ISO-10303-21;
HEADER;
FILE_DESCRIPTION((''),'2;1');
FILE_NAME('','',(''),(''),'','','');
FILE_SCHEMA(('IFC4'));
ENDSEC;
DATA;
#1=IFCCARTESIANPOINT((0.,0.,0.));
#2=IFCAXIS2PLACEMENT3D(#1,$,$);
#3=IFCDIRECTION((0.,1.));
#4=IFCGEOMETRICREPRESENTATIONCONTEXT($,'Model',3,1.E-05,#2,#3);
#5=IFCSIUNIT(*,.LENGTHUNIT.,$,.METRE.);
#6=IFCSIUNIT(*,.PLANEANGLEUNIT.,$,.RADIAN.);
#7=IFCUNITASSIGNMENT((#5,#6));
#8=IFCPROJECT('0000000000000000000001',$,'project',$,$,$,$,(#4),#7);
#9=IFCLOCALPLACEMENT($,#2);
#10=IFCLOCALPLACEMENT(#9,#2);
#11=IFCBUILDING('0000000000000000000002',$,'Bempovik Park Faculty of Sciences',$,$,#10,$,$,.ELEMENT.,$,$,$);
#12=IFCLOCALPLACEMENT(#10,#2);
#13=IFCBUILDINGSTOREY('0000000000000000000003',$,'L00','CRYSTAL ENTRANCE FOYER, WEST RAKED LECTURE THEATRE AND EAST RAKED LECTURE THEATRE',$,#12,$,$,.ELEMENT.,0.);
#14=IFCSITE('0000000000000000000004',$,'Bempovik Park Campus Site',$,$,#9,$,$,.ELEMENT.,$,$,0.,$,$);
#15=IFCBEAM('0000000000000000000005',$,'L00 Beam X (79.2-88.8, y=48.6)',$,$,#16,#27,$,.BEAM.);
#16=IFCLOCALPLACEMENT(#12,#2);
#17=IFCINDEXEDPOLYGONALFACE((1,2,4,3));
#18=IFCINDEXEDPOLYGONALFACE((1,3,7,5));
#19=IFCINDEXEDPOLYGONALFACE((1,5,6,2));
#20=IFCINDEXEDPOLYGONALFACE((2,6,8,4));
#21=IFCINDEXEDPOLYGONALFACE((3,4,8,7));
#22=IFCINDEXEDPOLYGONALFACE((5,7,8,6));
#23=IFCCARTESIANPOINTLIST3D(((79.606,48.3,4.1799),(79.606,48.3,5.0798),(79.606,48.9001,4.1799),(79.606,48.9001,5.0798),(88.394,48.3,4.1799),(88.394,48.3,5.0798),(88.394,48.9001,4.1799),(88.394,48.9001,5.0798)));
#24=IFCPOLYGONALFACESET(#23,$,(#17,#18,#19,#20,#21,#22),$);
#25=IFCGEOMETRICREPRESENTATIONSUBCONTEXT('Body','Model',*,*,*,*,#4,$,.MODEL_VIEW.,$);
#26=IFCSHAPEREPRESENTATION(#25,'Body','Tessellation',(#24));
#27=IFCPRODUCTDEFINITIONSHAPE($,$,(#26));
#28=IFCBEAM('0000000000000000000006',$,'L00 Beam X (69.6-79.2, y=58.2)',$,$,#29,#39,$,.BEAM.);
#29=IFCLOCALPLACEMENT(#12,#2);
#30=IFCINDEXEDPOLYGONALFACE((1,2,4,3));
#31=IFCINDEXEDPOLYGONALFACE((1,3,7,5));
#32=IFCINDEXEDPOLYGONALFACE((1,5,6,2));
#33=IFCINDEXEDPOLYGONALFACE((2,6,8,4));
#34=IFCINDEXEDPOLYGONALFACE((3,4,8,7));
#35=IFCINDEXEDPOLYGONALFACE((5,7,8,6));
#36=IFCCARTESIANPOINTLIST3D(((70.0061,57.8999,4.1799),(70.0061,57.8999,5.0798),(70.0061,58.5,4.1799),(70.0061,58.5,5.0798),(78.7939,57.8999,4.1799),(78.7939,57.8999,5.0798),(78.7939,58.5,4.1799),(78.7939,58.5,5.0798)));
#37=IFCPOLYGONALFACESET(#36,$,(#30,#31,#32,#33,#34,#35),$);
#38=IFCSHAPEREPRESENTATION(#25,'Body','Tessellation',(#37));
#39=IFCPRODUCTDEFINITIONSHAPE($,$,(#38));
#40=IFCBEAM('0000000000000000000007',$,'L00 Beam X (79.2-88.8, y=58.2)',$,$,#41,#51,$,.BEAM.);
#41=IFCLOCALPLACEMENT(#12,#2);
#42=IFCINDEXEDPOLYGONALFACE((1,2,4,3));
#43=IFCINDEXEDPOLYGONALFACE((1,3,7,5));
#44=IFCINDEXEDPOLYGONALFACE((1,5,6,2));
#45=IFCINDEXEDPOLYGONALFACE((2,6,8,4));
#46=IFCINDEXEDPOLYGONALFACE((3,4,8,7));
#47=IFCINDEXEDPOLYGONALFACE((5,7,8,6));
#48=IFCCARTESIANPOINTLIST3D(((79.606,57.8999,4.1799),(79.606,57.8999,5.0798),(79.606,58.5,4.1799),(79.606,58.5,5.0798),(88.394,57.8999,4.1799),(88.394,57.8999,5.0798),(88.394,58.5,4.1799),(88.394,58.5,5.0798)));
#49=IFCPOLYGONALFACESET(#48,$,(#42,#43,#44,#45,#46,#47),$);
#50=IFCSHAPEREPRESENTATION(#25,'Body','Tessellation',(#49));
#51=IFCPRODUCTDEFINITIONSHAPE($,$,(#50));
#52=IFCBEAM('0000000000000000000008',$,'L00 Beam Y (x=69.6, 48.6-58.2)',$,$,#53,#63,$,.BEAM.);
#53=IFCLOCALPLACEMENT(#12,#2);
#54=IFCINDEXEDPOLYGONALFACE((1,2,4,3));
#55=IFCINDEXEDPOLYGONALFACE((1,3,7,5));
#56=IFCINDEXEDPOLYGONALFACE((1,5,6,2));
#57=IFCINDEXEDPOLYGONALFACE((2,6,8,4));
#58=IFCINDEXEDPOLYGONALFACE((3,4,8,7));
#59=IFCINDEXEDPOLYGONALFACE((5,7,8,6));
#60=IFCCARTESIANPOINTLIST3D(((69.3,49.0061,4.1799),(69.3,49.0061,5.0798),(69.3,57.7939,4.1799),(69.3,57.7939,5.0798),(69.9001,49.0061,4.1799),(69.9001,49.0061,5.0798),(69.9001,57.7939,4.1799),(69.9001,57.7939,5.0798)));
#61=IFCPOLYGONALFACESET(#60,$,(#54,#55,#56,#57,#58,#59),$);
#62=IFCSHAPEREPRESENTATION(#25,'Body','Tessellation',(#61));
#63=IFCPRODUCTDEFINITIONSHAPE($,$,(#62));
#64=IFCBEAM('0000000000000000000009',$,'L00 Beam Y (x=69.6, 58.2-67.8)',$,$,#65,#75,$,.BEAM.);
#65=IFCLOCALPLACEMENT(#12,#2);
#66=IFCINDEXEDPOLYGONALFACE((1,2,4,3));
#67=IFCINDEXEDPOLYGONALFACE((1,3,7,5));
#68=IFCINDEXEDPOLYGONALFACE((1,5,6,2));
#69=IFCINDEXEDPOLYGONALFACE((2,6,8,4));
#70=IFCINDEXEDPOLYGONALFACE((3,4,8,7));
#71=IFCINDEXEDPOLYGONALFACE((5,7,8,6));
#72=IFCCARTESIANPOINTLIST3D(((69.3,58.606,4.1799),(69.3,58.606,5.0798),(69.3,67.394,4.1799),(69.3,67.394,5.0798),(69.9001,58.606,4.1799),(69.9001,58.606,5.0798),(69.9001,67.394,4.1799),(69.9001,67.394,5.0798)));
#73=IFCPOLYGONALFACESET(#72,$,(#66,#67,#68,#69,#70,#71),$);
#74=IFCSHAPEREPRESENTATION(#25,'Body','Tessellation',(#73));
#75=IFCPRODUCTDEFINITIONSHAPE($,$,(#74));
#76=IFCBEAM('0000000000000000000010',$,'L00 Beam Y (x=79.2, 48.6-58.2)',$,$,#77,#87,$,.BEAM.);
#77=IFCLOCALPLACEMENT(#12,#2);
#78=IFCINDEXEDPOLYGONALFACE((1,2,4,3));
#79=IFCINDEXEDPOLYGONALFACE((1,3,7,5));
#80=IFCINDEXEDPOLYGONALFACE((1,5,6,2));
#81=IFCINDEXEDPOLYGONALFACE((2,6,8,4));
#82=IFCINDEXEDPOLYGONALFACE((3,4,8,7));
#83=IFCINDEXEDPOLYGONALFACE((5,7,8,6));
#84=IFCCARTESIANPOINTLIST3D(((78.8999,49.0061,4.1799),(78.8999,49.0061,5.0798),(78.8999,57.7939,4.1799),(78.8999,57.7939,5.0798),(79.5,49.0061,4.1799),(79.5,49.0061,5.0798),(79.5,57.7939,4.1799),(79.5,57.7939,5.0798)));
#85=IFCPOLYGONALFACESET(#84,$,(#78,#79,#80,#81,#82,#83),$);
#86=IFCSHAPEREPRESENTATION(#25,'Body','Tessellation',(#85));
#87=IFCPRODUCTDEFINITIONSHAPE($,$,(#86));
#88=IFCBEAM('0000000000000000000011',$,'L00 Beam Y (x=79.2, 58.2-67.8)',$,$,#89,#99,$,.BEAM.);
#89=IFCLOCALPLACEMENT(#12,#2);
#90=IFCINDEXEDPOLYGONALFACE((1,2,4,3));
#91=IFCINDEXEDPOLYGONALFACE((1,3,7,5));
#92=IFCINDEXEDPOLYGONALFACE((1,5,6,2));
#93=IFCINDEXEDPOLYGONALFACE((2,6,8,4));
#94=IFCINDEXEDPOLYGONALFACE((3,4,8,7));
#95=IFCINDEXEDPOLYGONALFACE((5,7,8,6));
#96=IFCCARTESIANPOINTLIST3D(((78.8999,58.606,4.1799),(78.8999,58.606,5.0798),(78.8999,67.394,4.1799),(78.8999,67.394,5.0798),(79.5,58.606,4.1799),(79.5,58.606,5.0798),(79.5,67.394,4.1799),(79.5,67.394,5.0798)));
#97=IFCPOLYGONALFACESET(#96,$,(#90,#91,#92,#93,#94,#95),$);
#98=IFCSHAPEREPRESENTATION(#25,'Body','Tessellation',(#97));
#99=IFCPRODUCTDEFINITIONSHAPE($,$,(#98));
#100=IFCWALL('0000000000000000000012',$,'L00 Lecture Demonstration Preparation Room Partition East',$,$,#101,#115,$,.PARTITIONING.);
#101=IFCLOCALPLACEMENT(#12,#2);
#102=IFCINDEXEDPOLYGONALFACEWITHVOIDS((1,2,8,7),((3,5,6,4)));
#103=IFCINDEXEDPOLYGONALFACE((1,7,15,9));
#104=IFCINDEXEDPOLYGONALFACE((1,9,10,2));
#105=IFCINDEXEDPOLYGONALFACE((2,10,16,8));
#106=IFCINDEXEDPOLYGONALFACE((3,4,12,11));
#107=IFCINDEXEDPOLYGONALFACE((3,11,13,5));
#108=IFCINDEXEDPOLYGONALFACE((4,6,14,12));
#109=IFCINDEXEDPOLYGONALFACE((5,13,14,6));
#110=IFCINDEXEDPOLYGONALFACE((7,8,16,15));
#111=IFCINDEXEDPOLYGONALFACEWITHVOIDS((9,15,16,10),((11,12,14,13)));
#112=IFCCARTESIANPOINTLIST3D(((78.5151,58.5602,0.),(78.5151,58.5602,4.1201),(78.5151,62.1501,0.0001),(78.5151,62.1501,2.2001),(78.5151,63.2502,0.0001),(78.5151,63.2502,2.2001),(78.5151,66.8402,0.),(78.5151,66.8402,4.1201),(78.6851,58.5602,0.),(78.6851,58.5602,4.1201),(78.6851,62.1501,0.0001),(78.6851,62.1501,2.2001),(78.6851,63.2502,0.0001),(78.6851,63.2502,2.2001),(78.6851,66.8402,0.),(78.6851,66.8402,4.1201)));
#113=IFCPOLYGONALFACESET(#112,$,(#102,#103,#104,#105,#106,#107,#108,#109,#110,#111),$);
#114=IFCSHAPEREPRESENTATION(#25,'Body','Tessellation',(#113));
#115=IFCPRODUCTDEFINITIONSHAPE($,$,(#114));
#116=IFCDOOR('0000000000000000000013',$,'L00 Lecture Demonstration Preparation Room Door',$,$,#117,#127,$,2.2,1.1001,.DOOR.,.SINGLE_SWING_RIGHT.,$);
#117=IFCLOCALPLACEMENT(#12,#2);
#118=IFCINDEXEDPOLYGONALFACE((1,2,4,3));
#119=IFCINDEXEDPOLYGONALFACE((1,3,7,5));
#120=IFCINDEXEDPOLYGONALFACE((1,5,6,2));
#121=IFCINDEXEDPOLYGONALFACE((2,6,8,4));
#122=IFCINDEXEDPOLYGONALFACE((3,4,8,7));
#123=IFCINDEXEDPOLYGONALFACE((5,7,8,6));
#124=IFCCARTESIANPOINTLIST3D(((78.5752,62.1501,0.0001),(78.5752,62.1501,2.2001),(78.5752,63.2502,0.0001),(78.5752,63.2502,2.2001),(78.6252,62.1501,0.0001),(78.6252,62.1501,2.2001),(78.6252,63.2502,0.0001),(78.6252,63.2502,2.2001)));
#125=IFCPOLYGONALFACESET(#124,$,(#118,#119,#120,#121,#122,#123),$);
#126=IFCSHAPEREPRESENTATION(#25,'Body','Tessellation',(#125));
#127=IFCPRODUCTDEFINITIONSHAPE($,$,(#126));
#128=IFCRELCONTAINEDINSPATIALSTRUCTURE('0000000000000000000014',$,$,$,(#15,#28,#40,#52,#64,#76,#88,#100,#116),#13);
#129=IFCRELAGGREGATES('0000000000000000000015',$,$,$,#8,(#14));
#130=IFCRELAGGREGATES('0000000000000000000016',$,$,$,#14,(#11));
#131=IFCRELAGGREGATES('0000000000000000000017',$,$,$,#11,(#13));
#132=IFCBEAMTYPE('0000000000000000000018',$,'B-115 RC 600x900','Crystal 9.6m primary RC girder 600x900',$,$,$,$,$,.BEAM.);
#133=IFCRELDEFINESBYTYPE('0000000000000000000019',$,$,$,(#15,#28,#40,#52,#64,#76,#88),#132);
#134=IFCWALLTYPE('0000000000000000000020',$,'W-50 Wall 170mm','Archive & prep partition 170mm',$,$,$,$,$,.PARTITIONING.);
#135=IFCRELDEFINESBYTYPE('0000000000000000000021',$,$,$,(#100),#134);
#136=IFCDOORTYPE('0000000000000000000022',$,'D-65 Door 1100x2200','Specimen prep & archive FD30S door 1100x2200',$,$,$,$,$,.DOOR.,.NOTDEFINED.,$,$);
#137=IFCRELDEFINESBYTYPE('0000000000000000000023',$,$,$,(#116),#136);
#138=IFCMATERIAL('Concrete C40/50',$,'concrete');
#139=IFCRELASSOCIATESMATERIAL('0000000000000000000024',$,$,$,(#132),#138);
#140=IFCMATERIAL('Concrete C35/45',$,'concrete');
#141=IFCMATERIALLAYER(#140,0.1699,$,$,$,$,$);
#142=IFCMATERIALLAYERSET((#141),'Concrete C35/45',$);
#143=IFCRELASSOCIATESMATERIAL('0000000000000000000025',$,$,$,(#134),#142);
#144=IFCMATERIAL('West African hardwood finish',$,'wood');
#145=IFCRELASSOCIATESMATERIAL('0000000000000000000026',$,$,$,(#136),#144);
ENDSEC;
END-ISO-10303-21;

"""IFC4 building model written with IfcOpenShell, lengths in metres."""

from ifc_helpers import new_model, si_unit, direction, frame, frame_2d, origin, origin_2d, place, context, subcontext, project, spatial, rectangle, extrude, material, layer, layer_set, material_profile, profile_set, type_object, element, fill, save


model = new_model("IFC4")

# Units and contexts
model_context = context("Model", 3, precision=1e-05, world=origin(), true_north=direction((0.0, 1.0)))
body_context = subcontext(model_context, "Body", "Model", "MODEL_VIEW")
ifc_project = project(units=[si_unit("LENGTHUNIT", "METRE"), si_unit("PLANEANGLEUNIT", "RADIAN")], contexts=[model_context])

# Site, building, storey
site_placement = place(None, origin())
site = spatial("IfcSite", under=ifc_project, at=site_placement, Name="Bempovik Park Campus Site", CompositionType="ELEMENT", RefElevation=0.0)
building_placement = place(site_placement, origin())
building = spatial("IfcBuilding", under=site, at=building_placement, Name="Bempovik Park Faculty of Sciences", CompositionType="ELEMENT")
storey_placement = place(building_placement, origin())
storey = spatial("IfcBuildingStorey", under=building, at=storey_placement, Name="L00", Description="CRYSTAL ENTRANCE FOYER, WEST RAKED LECTURE THEATRE AND EAST RAKED LECTURE THEATRE", CompositionType="ELEMENT", Elevation=0.0)

# Shared definitions
ifc_material_1 = material(Name="Concrete C35/45", Category="concrete")

# Shared definitions
ifc_material_2 = material(Name="Concrete C40/50", Category="concrete")

# Beams
ifc_material_profile_1 = material_profile(ifc_material_2, rectangle(XDim=0.6001, YDim=0.8999, at=origin_2d()), Name="RC 600x900")
ifc_profile_set_1 = profile_set([ifc_material_profile_1], Name="Concrete C40/50")
beam_type_1 = type_object("IfcBeamType", Name="B-115 RC 600x900", Description="Crystal 9.6m primary RC girder 600x900", PredefinedType="BEAM", material=ifc_profile_set_1)
beam_1_placement = place(storey_placement, frame((79.606, 48.6001, 4.6299), z_axis=(1.0, 0.0, 0.0), x_axis=(0.0, 1.0, 0.0)))
element("IfcBeam", 1, at=beam_1_placement, inside=storey, type_object=beam_type_1, Name="L00 Beam X (79.2-88.8, y=48.6)", PredefinedType="BEAM", context=body_context, shape_type="SweptSolid", body=[
    extrude(rectangle(XDim=0.6001, YDim=0.8999, at=origin_2d()), origin(), (0.0, 0.0, 1.0), 8.7881),
])
beam_2_placement = place(storey_placement, frame((70.0061, 58.2, 4.6299), z_axis=(1.0, 0.0, 0.0), x_axis=(0.0, 1.0, 0.0)))
element("IfcBeam", 2, at=beam_2_placement, inside=storey, type_object=beam_type_1, Name="L00 Beam X (69.6-79.2, y=58.2)", PredefinedType="BEAM", context=body_context, shape_type="SweptSolid", body=[
    extrude(rectangle(XDim=0.6001, YDim=0.8999, at=origin_2d()), origin(), (0.0, 0.0, 1.0), 8.7878),
])
beam_3_placement = place(storey_placement, frame((79.606, 58.2, 4.6299), z_axis=(1.0, 0.0, 0.0), x_axis=(0.0, 1.0, 0.0)))
element("IfcBeam", 3, at=beam_3_placement, inside=storey, type_object=beam_type_1, Name="L00 Beam X (79.2-88.8, y=58.2)", PredefinedType="BEAM", context=body_context, shape_type="SweptSolid", body=[
    extrude(rectangle(XDim=0.6001, YDim=0.8999, at=origin_2d()), origin(), (0.0, 0.0, 1.0), 8.7881),
])
beam_4_placement = place(storey_placement, frame((69.6001, 49.0061, 4.6299), z_axis=(0.0, 1.0, 0.0), x_axis=(-1.0, 0.0, 0.0)))
element("IfcBeam", 4, at=beam_4_placement, inside=storey, type_object=beam_type_1, Name="L00 Beam Y (x=69.6, 48.6-58.2)", PredefinedType="BEAM", context=body_context, shape_type="SweptSolid", body=[
    extrude(rectangle(XDim=0.6001, YDim=0.8999, at=origin_2d()), origin(), (0.0, 0.0, 1.0), 8.7878),
])
beam_5_placement = place(storey_placement, frame((69.6001, 58.606, 4.6299), z_axis=(0.0, 1.0, 0.0), x_axis=(-1.0, 0.0, 0.0)))
element("IfcBeam", 5, at=beam_5_placement, inside=storey, type_object=beam_type_1, Name="L00 Beam Y (x=69.6, 58.2-67.8)", PredefinedType="BEAM", context=body_context, shape_type="SweptSolid", body=[
    extrude(rectangle(XDim=0.6001, YDim=0.8999, at=origin_2d()), origin(), (0.0, 0.0, 1.0), 8.7881),
])
beam_6_placement = place(storey_placement, frame((79.2, 49.0061, 4.6299), z_axis=(0.0, 1.0, 0.0), x_axis=(-1.0, 0.0, 0.0)))
element("IfcBeam", 6, at=beam_6_placement, inside=storey, type_object=beam_type_1, Name="L00 Beam Y (x=79.2, 48.6-58.2)", PredefinedType="BEAM", context=body_context, shape_type="SweptSolid", body=[
    extrude(rectangle(XDim=0.6001, YDim=0.8999, at=origin_2d()), origin(), (0.0, 0.0, 1.0), 8.7878),
])
beam_7_placement = place(storey_placement, frame((79.2, 58.606, 4.6299), z_axis=(0.0, 1.0, 0.0), x_axis=(-1.0, 0.0, 0.0)))
element("IfcBeam", 7, at=beam_7_placement, inside=storey, type_object=beam_type_1, Name="L00 Beam Y (x=79.2, 58.2-67.8)", PredefinedType="BEAM", context=body_context, shape_type="SweptSolid", body=[
    extrude(rectangle(XDim=0.6001, YDim=0.8999, at=origin_2d()), origin(), (0.0, 0.0, 1.0), 8.7881),
])

# Wall, opening, door
ifc_layer = layer(ifc_material_1, 0.1699)
ifc_layer_set = layer_set([ifc_layer], Name="Concrete C35/45")
wall_type = type_object("IfcWallType", Name="W-50 Wall 170mm", Description="Archive & prep partition 170mm", PredefinedType="PARTITIONING", material=ifc_layer_set)
wall_placement = place(storey_placement, frame((78.6001, 58.5601, 0.0), z_axis=(0.0, 0.0, 1.0), x_axis=(0.0, 1.0, 0.0)))
wall = element("IfcWall", 8, at=wall_placement, inside=storey, type_object=wall_type, Name="L00 Lecture Demonstration Preparation Room Partition East", PredefinedType="PARTITIONING", context=body_context, shape_type="SweptSolid", body=[
    extrude(rectangle(XDim=8.28, YDim=0.1699, at=frame_2d((4.1401, 0.0))), origin(), (0.0, 0.0, 1.0), 4.1201),
])
opening_placement = place(wall_placement, frame((3.5901, 0.0, 0.0)))
opening = element("IfcOpeningElement", 9, at=opening_placement, cuts=wall, PredefinedType="OPENING", context=body_context, shape_type="SweptSolid", body=[
    extrude(rectangle(XDim=1.1001, YDim=2.2, at=frame_2d((0.55, 1.1001))), frame((0.0, 0.095, 0.0), z_axis=(0.0, -1.0, 0.0), x_axis=(1.0, 0.0, 0.0)), (0.0, 0.0, 1.0), 0.1899),
])
ifc_material_3 = material(Name="West African hardwood finish", Category="wood")
door_type = type_object("IfcDoorType", Name="D-65 Door 1100x2200", Description="Specimen prep & archive FD30S door 1100x2200", OperationType="NOTDEFINED", PredefinedType="DOOR", material=ifc_material_3)
door_placement = place(opening_placement, origin())
door = element("IfcDoor", 10, at=door_placement, inside=storey, type_object=door_type, Name="L00 Lecture Demonstration Preparation Room Door", OperationType="SINGLE_SWING_RIGHT", OverallHeight=2.2, OverallWidth=1.1001, PredefinedType="DOOR", context=body_context, shape_type="SweptSolid", body=[
    extrude(rectangle(XDim=1.1001, YDim=2.2, at=frame_2d((0.55, 1.1001))), frame((0.0, 0.0249, 0.0), z_axis=(0.0, -1.0, 0.0), x_axis=(1.0, 0.0, 0.0)), (0.0, 0.0, 1.0), 0.05),
])
fill(opening, door)

save(model, "model.ifc")
